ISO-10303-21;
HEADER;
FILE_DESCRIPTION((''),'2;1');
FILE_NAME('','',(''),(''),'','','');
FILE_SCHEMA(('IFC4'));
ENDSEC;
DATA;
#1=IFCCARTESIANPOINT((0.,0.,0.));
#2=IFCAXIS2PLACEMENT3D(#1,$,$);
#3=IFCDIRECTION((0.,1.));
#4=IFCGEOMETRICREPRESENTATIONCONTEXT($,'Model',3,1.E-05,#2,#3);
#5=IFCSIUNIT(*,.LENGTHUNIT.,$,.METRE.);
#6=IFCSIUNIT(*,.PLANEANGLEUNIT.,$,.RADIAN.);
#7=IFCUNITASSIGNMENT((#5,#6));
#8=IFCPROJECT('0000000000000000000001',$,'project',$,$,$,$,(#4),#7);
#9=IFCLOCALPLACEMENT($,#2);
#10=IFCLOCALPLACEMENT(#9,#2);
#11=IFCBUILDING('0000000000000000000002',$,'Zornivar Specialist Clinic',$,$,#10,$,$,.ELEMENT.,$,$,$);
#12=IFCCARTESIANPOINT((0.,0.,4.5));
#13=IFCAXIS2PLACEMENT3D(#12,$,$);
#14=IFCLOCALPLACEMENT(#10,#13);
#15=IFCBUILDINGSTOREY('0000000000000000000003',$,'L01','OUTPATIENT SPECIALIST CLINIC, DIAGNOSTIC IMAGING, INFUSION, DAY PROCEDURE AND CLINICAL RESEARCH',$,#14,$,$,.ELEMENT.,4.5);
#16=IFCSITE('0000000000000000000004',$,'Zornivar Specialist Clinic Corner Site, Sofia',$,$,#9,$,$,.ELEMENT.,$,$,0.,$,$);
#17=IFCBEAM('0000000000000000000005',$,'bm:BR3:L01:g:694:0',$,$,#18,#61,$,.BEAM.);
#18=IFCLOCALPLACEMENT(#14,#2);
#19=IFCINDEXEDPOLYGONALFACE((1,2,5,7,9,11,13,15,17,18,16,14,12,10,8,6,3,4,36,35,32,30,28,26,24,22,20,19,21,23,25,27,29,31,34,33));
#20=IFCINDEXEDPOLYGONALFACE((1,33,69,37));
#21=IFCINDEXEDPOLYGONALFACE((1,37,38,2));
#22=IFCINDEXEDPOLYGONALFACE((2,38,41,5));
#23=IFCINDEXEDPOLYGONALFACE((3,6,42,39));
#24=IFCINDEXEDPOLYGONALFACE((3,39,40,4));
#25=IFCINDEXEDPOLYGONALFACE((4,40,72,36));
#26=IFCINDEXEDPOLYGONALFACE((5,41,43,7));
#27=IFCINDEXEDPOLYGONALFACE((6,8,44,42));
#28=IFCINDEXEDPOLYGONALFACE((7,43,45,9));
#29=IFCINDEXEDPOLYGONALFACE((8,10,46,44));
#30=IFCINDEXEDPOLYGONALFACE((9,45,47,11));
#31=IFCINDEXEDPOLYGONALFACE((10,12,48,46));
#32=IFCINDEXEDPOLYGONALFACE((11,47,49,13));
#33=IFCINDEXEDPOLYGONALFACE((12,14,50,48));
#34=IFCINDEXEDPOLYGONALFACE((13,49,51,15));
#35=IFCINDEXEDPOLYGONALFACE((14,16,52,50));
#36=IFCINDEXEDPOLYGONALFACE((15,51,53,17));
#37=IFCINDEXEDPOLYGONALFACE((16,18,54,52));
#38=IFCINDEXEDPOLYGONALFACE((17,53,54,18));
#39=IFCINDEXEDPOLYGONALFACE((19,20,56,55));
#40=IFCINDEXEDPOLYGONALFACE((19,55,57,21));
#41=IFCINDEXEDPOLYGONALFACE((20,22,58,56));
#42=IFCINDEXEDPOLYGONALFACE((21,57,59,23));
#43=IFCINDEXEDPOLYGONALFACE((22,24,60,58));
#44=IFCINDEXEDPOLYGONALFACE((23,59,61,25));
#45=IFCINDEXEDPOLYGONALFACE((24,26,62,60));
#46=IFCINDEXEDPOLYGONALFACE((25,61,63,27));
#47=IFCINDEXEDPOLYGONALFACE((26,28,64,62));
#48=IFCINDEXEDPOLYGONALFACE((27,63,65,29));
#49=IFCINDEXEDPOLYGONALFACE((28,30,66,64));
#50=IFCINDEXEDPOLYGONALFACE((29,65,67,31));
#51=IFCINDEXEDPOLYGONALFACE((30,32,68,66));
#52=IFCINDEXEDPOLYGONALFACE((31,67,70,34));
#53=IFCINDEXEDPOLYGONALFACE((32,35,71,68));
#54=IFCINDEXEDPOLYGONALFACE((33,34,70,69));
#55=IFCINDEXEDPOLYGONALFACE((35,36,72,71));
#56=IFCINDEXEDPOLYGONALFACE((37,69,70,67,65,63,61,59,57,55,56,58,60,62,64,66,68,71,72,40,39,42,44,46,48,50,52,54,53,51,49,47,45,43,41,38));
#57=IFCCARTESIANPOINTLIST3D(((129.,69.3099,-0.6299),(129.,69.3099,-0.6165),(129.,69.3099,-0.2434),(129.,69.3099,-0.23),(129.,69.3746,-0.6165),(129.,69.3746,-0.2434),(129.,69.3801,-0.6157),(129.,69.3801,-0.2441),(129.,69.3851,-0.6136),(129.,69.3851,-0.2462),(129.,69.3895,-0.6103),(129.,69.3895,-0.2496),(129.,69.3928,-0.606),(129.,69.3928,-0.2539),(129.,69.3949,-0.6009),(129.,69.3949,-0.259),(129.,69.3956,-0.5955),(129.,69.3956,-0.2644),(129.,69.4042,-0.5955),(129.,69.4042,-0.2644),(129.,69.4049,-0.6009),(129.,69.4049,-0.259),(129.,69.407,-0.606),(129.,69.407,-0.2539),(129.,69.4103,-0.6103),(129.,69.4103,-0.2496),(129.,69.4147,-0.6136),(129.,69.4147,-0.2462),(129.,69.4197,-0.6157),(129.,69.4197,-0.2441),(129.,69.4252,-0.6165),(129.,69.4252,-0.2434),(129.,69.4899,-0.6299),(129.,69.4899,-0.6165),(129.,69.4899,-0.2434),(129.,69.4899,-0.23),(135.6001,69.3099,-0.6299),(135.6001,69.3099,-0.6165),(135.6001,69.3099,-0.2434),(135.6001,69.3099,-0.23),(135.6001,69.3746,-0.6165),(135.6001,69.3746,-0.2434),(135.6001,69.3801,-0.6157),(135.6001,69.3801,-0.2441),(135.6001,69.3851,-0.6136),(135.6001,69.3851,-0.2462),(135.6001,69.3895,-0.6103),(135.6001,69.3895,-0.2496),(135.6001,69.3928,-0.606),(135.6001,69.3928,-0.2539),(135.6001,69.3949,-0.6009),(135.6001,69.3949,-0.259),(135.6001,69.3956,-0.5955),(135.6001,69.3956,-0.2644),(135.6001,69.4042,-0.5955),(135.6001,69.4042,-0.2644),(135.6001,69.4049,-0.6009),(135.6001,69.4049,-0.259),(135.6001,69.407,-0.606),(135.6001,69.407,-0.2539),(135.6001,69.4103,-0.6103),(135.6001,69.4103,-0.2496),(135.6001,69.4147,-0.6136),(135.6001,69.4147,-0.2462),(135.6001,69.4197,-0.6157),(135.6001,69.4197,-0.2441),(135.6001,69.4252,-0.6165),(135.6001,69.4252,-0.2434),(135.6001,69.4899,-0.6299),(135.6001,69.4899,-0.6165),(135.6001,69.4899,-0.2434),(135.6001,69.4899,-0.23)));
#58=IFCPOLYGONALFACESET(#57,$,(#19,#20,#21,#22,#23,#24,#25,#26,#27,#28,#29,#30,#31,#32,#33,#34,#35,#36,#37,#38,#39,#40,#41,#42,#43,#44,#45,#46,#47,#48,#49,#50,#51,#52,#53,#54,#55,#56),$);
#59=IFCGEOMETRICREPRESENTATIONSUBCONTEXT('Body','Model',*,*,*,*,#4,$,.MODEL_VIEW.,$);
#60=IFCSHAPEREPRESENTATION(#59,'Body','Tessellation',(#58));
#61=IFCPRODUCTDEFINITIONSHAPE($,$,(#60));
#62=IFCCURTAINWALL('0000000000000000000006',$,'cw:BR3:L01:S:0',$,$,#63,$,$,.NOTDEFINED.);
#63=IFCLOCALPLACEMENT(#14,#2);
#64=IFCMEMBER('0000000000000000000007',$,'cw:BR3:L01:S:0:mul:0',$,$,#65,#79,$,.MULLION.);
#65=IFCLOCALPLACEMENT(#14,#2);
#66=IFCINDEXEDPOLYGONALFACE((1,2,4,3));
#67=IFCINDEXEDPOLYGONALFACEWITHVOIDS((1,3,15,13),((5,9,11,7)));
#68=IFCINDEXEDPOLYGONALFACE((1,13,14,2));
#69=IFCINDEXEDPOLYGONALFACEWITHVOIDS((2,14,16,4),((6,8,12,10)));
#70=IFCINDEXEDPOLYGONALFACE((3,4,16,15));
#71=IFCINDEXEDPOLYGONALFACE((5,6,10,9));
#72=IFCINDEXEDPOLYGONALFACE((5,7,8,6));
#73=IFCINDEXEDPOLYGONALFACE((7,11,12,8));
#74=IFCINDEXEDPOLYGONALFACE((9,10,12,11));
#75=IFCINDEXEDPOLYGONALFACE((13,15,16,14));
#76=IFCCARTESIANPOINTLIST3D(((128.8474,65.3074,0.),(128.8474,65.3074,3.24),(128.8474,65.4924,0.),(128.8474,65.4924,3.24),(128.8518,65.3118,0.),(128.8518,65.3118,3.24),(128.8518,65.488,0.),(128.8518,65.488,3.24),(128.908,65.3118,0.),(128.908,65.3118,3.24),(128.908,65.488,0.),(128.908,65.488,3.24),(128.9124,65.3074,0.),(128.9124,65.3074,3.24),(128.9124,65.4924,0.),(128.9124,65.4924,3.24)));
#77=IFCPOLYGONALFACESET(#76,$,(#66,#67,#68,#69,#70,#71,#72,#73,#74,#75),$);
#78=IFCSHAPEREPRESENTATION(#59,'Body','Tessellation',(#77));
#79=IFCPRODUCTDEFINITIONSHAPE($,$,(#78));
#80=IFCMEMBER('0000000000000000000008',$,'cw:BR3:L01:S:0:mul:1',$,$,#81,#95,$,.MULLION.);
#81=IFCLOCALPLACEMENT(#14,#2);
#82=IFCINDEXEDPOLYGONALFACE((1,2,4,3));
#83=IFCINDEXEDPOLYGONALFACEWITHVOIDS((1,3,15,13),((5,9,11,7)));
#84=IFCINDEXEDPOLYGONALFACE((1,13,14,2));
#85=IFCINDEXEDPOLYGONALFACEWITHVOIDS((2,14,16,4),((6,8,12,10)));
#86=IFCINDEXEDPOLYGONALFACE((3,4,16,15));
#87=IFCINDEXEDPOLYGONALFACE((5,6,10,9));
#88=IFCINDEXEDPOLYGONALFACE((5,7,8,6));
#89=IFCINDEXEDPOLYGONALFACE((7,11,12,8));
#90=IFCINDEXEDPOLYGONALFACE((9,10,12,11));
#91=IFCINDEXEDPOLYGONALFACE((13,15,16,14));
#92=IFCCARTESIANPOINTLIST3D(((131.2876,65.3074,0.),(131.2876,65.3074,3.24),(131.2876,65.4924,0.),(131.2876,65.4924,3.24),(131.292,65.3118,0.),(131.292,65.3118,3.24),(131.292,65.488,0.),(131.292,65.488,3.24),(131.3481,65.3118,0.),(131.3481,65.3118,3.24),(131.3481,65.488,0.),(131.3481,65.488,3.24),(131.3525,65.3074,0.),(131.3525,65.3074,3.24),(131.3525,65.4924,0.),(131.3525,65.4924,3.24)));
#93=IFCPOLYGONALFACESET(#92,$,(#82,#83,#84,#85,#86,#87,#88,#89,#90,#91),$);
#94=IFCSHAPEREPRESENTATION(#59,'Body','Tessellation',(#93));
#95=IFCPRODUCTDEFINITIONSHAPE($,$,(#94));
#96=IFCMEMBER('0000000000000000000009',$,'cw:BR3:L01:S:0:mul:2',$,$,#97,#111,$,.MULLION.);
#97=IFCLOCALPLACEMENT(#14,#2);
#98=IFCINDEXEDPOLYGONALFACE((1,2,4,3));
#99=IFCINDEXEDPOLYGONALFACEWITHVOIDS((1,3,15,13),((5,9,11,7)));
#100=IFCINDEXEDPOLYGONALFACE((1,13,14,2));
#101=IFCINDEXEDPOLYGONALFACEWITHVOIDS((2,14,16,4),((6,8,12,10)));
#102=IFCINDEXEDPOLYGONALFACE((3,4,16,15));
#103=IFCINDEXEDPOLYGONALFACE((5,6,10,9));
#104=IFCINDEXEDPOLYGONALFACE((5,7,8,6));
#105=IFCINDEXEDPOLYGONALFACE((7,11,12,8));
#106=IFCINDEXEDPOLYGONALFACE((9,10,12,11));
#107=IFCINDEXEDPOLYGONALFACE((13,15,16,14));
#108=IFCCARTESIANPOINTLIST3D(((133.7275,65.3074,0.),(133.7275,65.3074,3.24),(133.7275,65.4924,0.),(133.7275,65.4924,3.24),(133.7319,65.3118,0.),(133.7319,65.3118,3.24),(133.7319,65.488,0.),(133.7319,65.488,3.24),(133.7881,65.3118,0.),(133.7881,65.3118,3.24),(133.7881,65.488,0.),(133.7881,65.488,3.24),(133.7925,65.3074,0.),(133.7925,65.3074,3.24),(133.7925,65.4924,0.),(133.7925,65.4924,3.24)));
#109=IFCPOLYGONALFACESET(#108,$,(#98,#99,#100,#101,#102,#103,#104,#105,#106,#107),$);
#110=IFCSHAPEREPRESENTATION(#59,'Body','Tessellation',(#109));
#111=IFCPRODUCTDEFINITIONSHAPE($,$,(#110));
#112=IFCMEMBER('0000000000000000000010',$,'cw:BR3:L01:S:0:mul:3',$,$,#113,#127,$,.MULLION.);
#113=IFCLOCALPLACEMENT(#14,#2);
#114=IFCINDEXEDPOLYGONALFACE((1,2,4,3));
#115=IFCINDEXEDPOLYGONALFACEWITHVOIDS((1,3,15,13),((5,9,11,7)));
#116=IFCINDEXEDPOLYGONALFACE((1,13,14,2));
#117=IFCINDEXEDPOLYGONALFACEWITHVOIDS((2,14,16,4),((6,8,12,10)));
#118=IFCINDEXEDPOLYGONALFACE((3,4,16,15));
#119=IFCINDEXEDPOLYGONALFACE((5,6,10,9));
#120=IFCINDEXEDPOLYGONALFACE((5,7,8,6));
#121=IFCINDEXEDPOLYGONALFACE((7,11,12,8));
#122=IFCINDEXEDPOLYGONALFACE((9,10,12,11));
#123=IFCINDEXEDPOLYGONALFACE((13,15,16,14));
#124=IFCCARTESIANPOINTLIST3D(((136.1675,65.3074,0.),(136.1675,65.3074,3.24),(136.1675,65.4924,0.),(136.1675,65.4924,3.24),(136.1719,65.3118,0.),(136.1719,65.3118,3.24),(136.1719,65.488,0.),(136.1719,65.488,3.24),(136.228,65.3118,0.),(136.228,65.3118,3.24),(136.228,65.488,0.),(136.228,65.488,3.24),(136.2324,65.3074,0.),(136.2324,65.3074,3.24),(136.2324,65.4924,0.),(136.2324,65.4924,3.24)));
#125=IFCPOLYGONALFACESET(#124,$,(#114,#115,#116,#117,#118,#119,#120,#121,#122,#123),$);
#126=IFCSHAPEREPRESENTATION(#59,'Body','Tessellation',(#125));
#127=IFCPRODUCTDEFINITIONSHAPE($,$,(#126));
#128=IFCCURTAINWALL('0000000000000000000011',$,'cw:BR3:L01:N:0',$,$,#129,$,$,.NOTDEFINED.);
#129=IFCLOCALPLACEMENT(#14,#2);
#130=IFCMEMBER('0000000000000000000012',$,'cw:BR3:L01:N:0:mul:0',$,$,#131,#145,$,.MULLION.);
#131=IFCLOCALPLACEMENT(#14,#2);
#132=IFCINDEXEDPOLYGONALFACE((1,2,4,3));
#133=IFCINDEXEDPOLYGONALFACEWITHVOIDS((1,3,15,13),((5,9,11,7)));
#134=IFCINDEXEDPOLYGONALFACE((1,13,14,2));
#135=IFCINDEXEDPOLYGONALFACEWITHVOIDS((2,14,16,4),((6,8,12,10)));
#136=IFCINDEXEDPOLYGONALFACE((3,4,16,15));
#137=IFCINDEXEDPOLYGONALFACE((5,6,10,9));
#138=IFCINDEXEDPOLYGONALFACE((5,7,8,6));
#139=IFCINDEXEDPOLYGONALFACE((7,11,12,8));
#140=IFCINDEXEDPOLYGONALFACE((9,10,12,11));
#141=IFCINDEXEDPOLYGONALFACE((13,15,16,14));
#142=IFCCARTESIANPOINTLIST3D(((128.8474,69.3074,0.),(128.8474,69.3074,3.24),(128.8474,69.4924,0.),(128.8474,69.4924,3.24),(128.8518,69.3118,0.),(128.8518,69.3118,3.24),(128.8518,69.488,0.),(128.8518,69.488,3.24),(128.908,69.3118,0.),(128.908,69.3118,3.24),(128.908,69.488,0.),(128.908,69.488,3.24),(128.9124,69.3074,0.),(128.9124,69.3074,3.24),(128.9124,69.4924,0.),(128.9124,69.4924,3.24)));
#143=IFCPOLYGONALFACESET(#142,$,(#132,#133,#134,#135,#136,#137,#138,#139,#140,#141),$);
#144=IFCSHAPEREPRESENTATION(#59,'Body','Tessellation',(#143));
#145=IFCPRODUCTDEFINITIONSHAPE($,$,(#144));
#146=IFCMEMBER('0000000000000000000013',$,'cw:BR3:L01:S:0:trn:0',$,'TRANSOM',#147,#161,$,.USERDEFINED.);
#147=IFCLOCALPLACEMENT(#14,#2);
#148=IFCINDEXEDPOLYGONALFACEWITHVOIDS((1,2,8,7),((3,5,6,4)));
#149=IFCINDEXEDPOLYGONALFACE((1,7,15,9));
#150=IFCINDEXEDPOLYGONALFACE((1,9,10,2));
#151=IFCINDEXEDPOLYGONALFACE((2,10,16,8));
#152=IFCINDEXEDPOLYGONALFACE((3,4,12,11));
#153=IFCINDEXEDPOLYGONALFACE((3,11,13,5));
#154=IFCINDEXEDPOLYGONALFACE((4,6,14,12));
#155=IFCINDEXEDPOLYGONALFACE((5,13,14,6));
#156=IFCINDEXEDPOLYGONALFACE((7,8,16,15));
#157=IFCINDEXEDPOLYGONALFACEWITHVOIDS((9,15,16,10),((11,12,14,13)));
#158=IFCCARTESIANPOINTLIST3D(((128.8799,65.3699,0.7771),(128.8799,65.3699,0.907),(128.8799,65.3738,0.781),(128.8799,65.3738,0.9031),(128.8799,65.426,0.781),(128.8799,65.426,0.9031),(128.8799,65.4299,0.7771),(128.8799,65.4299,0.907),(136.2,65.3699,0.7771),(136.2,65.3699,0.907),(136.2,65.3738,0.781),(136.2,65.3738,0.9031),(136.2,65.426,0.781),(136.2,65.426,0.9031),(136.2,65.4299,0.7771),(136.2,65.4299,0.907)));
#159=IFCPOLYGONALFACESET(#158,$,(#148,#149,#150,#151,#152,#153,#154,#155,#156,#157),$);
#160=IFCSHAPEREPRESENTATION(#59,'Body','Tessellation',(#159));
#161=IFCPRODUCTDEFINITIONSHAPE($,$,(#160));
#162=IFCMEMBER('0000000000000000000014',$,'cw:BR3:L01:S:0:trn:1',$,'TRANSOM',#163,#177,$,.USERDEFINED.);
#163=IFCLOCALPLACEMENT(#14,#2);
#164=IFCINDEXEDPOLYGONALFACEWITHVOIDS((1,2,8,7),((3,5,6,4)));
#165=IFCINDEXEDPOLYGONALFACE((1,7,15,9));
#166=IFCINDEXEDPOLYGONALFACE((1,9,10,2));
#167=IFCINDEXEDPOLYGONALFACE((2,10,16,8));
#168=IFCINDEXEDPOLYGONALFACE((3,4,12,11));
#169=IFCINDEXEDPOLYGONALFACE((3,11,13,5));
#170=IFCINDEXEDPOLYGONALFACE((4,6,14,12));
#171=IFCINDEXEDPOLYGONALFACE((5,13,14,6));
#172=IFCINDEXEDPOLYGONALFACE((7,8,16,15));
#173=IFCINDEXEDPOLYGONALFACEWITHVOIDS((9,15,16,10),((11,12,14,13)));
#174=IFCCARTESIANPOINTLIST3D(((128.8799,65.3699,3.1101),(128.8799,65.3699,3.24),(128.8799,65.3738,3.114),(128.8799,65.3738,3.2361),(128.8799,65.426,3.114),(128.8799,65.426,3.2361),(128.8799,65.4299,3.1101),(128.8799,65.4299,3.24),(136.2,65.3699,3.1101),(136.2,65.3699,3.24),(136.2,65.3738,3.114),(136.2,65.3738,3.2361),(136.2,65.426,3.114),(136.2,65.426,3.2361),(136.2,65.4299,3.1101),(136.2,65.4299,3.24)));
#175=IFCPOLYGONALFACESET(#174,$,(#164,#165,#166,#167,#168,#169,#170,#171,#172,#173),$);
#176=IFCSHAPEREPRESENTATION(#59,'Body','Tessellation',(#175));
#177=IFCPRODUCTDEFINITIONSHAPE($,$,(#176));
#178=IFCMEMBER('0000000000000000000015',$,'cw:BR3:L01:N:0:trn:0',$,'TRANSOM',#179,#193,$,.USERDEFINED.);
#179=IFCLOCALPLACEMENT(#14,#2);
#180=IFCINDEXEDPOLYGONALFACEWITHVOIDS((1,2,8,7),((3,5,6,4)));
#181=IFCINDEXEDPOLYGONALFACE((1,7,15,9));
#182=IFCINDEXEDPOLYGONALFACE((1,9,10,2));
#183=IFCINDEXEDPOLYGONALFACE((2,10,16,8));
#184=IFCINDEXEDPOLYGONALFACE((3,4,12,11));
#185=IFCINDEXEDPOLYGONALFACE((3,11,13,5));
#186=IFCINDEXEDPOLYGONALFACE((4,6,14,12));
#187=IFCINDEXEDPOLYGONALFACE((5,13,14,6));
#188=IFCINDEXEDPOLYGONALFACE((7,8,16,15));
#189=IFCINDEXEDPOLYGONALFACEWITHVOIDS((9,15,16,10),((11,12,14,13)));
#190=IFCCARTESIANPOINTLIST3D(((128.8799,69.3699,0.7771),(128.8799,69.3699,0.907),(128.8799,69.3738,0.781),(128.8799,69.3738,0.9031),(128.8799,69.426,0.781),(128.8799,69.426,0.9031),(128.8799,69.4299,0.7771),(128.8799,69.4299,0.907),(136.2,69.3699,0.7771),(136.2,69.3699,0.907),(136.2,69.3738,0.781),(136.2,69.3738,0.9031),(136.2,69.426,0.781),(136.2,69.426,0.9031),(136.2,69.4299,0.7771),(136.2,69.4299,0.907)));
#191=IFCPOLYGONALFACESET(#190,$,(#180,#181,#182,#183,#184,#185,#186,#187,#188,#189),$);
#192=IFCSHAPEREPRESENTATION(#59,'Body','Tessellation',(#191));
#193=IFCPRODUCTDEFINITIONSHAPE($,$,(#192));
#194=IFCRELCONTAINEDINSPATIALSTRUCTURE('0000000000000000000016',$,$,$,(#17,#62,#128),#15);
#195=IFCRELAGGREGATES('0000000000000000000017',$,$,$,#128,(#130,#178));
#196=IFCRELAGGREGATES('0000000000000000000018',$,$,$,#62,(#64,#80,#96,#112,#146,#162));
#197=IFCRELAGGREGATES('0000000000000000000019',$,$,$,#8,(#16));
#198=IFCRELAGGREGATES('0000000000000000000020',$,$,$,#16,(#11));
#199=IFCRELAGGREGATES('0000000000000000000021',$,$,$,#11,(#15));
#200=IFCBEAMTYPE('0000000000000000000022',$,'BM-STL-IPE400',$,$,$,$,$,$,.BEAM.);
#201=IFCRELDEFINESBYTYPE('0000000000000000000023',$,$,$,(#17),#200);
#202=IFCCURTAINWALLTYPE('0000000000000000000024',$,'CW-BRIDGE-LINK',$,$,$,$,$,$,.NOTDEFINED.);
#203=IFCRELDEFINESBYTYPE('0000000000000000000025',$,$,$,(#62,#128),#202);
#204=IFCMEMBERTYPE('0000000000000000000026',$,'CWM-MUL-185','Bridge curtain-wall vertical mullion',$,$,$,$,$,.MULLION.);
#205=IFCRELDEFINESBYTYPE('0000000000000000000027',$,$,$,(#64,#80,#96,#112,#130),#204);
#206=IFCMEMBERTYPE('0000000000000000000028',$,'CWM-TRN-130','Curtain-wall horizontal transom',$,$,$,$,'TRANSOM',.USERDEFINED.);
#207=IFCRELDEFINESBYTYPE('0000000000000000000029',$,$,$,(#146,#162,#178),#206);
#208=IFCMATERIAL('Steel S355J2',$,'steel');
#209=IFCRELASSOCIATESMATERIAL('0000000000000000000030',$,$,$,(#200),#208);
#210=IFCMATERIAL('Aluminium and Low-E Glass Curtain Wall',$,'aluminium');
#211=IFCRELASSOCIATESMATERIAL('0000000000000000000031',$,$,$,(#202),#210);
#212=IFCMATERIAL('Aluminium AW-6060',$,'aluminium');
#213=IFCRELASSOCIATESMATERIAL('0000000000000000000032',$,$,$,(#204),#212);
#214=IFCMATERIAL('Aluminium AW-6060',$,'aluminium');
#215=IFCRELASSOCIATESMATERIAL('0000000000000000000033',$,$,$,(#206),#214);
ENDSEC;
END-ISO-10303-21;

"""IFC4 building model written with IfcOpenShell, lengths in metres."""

from ifc_helpers import new_model, si_unit, direction, frame, origin, origin_2d, place, context, subcontext, project, spatial, hollow_rectangle, i_section, extrude, material, material_profile, profile_set, type_object, element, aggregate, save


model = new_model("IFC4")

# Units and contexts
model_context = context("Model", 3, precision=1e-05, world=origin(), true_north=direction((0.0, 1.0)))
body_context = subcontext(model_context, "Body", "Model", "MODEL_VIEW")
ifc_project = project(units=[si_unit("LENGTHUNIT", "METRE"), si_unit("PLANEANGLEUNIT", "RADIAN")], contexts=[model_context])

# Site, building, storey
site_placement = place(None, origin())
site = spatial("IfcSite", under=ifc_project, at=site_placement, Name="Zornivar Specialist Clinic Corner Site, Sofia", CompositionType="ELEMENT", RefElevation=0.0)
building_placement = place(site_placement, origin())
building = spatial("IfcBuilding", under=site, at=building_placement, Name="Zornivar Specialist Clinic", CompositionType="ELEMENT")
storey_placement = place(building_placement, frame((0.0, 0.0, 4.5)))
storey = spatial("IfcBuildingStorey", under=building, at=storey_placement, Name="L01", Description="OUTPATIENT SPECIALIST CLINIC, DIAGNOSTIC IMAGING, INFUSION, DAY PROCEDURE AND CLINICAL RESEARCH", CompositionType="ELEMENT", Elevation=4.5)

# Beam
ifc_material_1 = material(Name="Steel S355J2", Category="steel")
ifc_material_profile_1 = material_profile(ifc_material_1, i_section(OverallWidth=0.1799, OverallDepth=0.3999, WebThickness=0.0085, FlangeThickness=0.0134, FilletRadius=0.021, at=origin_2d()), Name="IPE 400")
ifc_profile_set_1 = profile_set([ifc_material_profile_1], Name="Steel S355J2")
beam_type_1 = type_object("IfcBeamType", Name="BM-STL-IPE400", PredefinedType="BEAM", material=ifc_profile_set_1)
for number, where, z_axis, x_axis, name in (
    (1, (129.0, 69.3999, -0.4299), (1.0, 0.0, 0.0), (0.0, 1.0, 0.0), "bm:BR3:L01:g:694:0"),
):
    element("IfcBeam", number, at=place(storey_placement, frame(where, z_axis=z_axis, x_axis=x_axis)), inside=storey, type_object=beam_type_1, Name=name, PredefinedType="BEAM", context=body_context, shape_type="SweptSolid", body=[
        extrude(i_section(OverallWidth=0.1799, OverallDepth=0.3999, WebThickness=0.0085, FlangeThickness=0.0134, FilletRadius=0.021, at=origin_2d()), origin(), (0.0, 0.0, 1.0), 6.6001),
    ])

# Curtain wall, members
ifc_material_2 = material(Name="Aluminium and Low-E Glass Curtain Wall", Category="aluminium")
curtain_wall_type = type_object("IfcCurtainWallType", Name="CW-BRIDGE-LINK", PredefinedType="NOTDEFINED", material=ifc_material_2)
curtain_wall_1_placement = place(storey_placement, origin())
curtain_wall_1 = element("IfcCurtainWall", 2, at=curtain_wall_1_placement, inside=storey, type_object=curtain_wall_type, Name="cw:BR3:L01:S:0", PredefinedType="NOTDEFINED")
ifc_material_3 = material(Name="Aluminium AW-6060", Category="aluminium")
ifc_material_profile_2 = material_profile(ifc_material_3, hollow_rectangle(XDim=0.0649, YDim=0.1851, WallThickness=0.0044, at=origin_2d()), Name="ALU 65x185x4.5")
ifc_profile_set_2 = profile_set([ifc_material_profile_2], Name="Aluminium AW-6060")
member_type_1 = type_object("IfcMemberType", Name="CWM-MUL-185", Description="Bridge curtain-wall vertical mullion", PredefinedType="MULLION", material=ifc_profile_set_2)
member_1_placement = place(storey_placement, frame((128.8799, 65.3999, 0.0), z_axis=(0.0, 0.0, 1.0), x_axis=(1.0, 0.0, 0.0)))
member_1 = element("IfcMember", 3, at=member_1_placement, type_object=member_type_1, Name="cw:BR3:L01:S:0:mul:0", PredefinedType="MULLION", context=body_context, shape_type="SweptSolid", body=[
    extrude(hollow_rectangle(XDim=0.0649, YDim=0.1851, WallThickness=0.0044, at=origin_2d()), origin(), (0.0, 0.0, 1.0), 3.24),
])
member_2_placement = place(storey_placement, frame((131.3201, 65.3999, 0.0), z_axis=(0.0, 0.0, 1.0), x_axis=(1.0, 0.0, 0.0)))
member_2 = element("IfcMember", 4, at=member_2_placement, type_object=member_type_1, Name="cw:BR3:L01:S:0:mul:1", PredefinedType="MULLION", context=body_context, shape_type="SweptSolid", body=[
    extrude(hollow_rectangle(XDim=0.0649, YDim=0.1851, WallThickness=0.0044, at=origin_2d()), origin(), (0.0, 0.0, 1.0), 3.24),
])
member_3_placement = place(storey_placement, frame((133.76, 65.3999, 0.0), z_axis=(0.0, 0.0, 1.0), x_axis=(1.0, 0.0, 0.0)))
member_3 = element("IfcMember", 5, at=member_3_placement, type_object=member_type_1, Name="cw:BR3:L01:S:0:mul:2", PredefinedType="MULLION", context=body_context, shape_type="SweptSolid", body=[
    extrude(hollow_rectangle(XDim=0.0649, YDim=0.1851, WallThickness=0.0044, at=origin_2d()), origin(), (0.0, 0.0, 1.0), 3.24),
])
member_4_placement = place(storey_placement, frame((136.2, 65.3999, 0.0), z_axis=(0.0, 0.0, 1.0), x_axis=(1.0, 0.0, 0.0)))
member_4 = element("IfcMember", 6, at=member_4_placement, type_object=member_type_1, Name="cw:BR3:L01:S:0:mul:3", PredefinedType="MULLION", context=body_context, shape_type="SweptSolid", body=[
    extrude(hollow_rectangle(XDim=0.0649, YDim=0.1851, WallThickness=0.0044, at=origin_2d()), origin(), (0.0, 0.0, 1.0), 3.24),
])

# Curtain wall, member
curtain_wall_2_placement = place(storey_placement, origin())
curtain_wall_2 = element("IfcCurtainWall", 7, at=curtain_wall_2_placement, inside=storey, type_object=curtain_wall_type, Name="cw:BR3:L01:N:0", PredefinedType="NOTDEFINED")
member_5_placement = place(storey_placement, frame((128.8799, 69.3999, 0.0), z_axis=(0.0, 0.0, 1.0), x_axis=(1.0, 0.0, 0.0)))
member_5 = element("IfcMember", 8, at=member_5_placement, type_object=member_type_1, Name="cw:BR3:L01:N:0:mul:0", PredefinedType="MULLION", context=body_context, shape_type="SweptSolid", body=[
    extrude(hollow_rectangle(XDim=0.0649, YDim=0.1851, WallThickness=0.0044, at=origin_2d()), origin(), (0.0, 0.0, 1.0), 3.24),
])

# Members
ifc_material_4 = material(Name="Aluminium AW-6060", Category="aluminium")
ifc_material_profile_3 = material_profile(ifc_material_4, hollow_rectangle(XDim=0.0601, YDim=0.1299, WallThickness=0.0039, at=origin_2d()), Name="ALU 60x130x4")
ifc_profile_set_3 = profile_set([ifc_material_profile_3], Name="Aluminium AW-6060")
member_type_2 = type_object("IfcMemberType", Name="CWM-TRN-130", Description="Curtain-wall horizontal transom", ElementType="TRANSOM", PredefinedType="USERDEFINED", material=ifc_profile_set_3)
member_6_placement = place(storey_placement, frame((128.8799, 65.3999, 0.842), z_axis=(1.0, 0.0, 0.0), x_axis=(0.0, 1.0, 0.0)))
member_6 = element("IfcMember", 9, at=member_6_placement, type_object=member_type_2, Name="cw:BR3:L01:S:0:trn:0", ObjectType="TRANSOM", PredefinedType="USERDEFINED", context=body_context, shape_type="SweptSolid", body=[
    extrude(hollow_rectangle(XDim=0.0601, YDim=0.1299, WallThickness=0.0039, at=origin_2d()), origin(), (0.0, 0.0, 1.0), 7.3201),
])
member_7_placement = place(storey_placement, frame((128.8799, 65.3999, 3.175), z_axis=(1.0, 0.0, 0.0), x_axis=(0.0, 1.0, 0.0)))
member_7 = element("IfcMember", 10, at=member_7_placement, type_object=member_type_2, Name="cw:BR3:L01:S:0:trn:1", ObjectType="TRANSOM", PredefinedType="USERDEFINED", context=body_context, shape_type="SweptSolid", body=[
    extrude(hollow_rectangle(XDim=0.0601, YDim=0.1299, WallThickness=0.0039, at=origin_2d()), origin(), (0.0, 0.0, 1.0), 7.3201),
])
member_8_placement = place(storey_placement, frame((128.8799, 69.3999, 0.842), z_axis=(1.0, 0.0, 0.0), x_axis=(0.0, 1.0, 0.0)))
member_8 = element("IfcMember", 11, at=member_8_placement, type_object=member_type_2, Name="cw:BR3:L01:N:0:trn:0", ObjectType="TRANSOM", PredefinedType="USERDEFINED", context=body_context, shape_type="SweptSolid", body=[
    extrude(hollow_rectangle(XDim=0.0601, YDim=0.1299, WallThickness=0.0039, at=origin_2d()), origin(), (0.0, 0.0, 1.0), 7.3201),
])
aggregate(curtain_wall_2, [member_5, member_8])

aggregate(curtain_wall_1, [member_1, member_2, member_3, member_4, member_6, member_7])

save(model, "model.ifc")
